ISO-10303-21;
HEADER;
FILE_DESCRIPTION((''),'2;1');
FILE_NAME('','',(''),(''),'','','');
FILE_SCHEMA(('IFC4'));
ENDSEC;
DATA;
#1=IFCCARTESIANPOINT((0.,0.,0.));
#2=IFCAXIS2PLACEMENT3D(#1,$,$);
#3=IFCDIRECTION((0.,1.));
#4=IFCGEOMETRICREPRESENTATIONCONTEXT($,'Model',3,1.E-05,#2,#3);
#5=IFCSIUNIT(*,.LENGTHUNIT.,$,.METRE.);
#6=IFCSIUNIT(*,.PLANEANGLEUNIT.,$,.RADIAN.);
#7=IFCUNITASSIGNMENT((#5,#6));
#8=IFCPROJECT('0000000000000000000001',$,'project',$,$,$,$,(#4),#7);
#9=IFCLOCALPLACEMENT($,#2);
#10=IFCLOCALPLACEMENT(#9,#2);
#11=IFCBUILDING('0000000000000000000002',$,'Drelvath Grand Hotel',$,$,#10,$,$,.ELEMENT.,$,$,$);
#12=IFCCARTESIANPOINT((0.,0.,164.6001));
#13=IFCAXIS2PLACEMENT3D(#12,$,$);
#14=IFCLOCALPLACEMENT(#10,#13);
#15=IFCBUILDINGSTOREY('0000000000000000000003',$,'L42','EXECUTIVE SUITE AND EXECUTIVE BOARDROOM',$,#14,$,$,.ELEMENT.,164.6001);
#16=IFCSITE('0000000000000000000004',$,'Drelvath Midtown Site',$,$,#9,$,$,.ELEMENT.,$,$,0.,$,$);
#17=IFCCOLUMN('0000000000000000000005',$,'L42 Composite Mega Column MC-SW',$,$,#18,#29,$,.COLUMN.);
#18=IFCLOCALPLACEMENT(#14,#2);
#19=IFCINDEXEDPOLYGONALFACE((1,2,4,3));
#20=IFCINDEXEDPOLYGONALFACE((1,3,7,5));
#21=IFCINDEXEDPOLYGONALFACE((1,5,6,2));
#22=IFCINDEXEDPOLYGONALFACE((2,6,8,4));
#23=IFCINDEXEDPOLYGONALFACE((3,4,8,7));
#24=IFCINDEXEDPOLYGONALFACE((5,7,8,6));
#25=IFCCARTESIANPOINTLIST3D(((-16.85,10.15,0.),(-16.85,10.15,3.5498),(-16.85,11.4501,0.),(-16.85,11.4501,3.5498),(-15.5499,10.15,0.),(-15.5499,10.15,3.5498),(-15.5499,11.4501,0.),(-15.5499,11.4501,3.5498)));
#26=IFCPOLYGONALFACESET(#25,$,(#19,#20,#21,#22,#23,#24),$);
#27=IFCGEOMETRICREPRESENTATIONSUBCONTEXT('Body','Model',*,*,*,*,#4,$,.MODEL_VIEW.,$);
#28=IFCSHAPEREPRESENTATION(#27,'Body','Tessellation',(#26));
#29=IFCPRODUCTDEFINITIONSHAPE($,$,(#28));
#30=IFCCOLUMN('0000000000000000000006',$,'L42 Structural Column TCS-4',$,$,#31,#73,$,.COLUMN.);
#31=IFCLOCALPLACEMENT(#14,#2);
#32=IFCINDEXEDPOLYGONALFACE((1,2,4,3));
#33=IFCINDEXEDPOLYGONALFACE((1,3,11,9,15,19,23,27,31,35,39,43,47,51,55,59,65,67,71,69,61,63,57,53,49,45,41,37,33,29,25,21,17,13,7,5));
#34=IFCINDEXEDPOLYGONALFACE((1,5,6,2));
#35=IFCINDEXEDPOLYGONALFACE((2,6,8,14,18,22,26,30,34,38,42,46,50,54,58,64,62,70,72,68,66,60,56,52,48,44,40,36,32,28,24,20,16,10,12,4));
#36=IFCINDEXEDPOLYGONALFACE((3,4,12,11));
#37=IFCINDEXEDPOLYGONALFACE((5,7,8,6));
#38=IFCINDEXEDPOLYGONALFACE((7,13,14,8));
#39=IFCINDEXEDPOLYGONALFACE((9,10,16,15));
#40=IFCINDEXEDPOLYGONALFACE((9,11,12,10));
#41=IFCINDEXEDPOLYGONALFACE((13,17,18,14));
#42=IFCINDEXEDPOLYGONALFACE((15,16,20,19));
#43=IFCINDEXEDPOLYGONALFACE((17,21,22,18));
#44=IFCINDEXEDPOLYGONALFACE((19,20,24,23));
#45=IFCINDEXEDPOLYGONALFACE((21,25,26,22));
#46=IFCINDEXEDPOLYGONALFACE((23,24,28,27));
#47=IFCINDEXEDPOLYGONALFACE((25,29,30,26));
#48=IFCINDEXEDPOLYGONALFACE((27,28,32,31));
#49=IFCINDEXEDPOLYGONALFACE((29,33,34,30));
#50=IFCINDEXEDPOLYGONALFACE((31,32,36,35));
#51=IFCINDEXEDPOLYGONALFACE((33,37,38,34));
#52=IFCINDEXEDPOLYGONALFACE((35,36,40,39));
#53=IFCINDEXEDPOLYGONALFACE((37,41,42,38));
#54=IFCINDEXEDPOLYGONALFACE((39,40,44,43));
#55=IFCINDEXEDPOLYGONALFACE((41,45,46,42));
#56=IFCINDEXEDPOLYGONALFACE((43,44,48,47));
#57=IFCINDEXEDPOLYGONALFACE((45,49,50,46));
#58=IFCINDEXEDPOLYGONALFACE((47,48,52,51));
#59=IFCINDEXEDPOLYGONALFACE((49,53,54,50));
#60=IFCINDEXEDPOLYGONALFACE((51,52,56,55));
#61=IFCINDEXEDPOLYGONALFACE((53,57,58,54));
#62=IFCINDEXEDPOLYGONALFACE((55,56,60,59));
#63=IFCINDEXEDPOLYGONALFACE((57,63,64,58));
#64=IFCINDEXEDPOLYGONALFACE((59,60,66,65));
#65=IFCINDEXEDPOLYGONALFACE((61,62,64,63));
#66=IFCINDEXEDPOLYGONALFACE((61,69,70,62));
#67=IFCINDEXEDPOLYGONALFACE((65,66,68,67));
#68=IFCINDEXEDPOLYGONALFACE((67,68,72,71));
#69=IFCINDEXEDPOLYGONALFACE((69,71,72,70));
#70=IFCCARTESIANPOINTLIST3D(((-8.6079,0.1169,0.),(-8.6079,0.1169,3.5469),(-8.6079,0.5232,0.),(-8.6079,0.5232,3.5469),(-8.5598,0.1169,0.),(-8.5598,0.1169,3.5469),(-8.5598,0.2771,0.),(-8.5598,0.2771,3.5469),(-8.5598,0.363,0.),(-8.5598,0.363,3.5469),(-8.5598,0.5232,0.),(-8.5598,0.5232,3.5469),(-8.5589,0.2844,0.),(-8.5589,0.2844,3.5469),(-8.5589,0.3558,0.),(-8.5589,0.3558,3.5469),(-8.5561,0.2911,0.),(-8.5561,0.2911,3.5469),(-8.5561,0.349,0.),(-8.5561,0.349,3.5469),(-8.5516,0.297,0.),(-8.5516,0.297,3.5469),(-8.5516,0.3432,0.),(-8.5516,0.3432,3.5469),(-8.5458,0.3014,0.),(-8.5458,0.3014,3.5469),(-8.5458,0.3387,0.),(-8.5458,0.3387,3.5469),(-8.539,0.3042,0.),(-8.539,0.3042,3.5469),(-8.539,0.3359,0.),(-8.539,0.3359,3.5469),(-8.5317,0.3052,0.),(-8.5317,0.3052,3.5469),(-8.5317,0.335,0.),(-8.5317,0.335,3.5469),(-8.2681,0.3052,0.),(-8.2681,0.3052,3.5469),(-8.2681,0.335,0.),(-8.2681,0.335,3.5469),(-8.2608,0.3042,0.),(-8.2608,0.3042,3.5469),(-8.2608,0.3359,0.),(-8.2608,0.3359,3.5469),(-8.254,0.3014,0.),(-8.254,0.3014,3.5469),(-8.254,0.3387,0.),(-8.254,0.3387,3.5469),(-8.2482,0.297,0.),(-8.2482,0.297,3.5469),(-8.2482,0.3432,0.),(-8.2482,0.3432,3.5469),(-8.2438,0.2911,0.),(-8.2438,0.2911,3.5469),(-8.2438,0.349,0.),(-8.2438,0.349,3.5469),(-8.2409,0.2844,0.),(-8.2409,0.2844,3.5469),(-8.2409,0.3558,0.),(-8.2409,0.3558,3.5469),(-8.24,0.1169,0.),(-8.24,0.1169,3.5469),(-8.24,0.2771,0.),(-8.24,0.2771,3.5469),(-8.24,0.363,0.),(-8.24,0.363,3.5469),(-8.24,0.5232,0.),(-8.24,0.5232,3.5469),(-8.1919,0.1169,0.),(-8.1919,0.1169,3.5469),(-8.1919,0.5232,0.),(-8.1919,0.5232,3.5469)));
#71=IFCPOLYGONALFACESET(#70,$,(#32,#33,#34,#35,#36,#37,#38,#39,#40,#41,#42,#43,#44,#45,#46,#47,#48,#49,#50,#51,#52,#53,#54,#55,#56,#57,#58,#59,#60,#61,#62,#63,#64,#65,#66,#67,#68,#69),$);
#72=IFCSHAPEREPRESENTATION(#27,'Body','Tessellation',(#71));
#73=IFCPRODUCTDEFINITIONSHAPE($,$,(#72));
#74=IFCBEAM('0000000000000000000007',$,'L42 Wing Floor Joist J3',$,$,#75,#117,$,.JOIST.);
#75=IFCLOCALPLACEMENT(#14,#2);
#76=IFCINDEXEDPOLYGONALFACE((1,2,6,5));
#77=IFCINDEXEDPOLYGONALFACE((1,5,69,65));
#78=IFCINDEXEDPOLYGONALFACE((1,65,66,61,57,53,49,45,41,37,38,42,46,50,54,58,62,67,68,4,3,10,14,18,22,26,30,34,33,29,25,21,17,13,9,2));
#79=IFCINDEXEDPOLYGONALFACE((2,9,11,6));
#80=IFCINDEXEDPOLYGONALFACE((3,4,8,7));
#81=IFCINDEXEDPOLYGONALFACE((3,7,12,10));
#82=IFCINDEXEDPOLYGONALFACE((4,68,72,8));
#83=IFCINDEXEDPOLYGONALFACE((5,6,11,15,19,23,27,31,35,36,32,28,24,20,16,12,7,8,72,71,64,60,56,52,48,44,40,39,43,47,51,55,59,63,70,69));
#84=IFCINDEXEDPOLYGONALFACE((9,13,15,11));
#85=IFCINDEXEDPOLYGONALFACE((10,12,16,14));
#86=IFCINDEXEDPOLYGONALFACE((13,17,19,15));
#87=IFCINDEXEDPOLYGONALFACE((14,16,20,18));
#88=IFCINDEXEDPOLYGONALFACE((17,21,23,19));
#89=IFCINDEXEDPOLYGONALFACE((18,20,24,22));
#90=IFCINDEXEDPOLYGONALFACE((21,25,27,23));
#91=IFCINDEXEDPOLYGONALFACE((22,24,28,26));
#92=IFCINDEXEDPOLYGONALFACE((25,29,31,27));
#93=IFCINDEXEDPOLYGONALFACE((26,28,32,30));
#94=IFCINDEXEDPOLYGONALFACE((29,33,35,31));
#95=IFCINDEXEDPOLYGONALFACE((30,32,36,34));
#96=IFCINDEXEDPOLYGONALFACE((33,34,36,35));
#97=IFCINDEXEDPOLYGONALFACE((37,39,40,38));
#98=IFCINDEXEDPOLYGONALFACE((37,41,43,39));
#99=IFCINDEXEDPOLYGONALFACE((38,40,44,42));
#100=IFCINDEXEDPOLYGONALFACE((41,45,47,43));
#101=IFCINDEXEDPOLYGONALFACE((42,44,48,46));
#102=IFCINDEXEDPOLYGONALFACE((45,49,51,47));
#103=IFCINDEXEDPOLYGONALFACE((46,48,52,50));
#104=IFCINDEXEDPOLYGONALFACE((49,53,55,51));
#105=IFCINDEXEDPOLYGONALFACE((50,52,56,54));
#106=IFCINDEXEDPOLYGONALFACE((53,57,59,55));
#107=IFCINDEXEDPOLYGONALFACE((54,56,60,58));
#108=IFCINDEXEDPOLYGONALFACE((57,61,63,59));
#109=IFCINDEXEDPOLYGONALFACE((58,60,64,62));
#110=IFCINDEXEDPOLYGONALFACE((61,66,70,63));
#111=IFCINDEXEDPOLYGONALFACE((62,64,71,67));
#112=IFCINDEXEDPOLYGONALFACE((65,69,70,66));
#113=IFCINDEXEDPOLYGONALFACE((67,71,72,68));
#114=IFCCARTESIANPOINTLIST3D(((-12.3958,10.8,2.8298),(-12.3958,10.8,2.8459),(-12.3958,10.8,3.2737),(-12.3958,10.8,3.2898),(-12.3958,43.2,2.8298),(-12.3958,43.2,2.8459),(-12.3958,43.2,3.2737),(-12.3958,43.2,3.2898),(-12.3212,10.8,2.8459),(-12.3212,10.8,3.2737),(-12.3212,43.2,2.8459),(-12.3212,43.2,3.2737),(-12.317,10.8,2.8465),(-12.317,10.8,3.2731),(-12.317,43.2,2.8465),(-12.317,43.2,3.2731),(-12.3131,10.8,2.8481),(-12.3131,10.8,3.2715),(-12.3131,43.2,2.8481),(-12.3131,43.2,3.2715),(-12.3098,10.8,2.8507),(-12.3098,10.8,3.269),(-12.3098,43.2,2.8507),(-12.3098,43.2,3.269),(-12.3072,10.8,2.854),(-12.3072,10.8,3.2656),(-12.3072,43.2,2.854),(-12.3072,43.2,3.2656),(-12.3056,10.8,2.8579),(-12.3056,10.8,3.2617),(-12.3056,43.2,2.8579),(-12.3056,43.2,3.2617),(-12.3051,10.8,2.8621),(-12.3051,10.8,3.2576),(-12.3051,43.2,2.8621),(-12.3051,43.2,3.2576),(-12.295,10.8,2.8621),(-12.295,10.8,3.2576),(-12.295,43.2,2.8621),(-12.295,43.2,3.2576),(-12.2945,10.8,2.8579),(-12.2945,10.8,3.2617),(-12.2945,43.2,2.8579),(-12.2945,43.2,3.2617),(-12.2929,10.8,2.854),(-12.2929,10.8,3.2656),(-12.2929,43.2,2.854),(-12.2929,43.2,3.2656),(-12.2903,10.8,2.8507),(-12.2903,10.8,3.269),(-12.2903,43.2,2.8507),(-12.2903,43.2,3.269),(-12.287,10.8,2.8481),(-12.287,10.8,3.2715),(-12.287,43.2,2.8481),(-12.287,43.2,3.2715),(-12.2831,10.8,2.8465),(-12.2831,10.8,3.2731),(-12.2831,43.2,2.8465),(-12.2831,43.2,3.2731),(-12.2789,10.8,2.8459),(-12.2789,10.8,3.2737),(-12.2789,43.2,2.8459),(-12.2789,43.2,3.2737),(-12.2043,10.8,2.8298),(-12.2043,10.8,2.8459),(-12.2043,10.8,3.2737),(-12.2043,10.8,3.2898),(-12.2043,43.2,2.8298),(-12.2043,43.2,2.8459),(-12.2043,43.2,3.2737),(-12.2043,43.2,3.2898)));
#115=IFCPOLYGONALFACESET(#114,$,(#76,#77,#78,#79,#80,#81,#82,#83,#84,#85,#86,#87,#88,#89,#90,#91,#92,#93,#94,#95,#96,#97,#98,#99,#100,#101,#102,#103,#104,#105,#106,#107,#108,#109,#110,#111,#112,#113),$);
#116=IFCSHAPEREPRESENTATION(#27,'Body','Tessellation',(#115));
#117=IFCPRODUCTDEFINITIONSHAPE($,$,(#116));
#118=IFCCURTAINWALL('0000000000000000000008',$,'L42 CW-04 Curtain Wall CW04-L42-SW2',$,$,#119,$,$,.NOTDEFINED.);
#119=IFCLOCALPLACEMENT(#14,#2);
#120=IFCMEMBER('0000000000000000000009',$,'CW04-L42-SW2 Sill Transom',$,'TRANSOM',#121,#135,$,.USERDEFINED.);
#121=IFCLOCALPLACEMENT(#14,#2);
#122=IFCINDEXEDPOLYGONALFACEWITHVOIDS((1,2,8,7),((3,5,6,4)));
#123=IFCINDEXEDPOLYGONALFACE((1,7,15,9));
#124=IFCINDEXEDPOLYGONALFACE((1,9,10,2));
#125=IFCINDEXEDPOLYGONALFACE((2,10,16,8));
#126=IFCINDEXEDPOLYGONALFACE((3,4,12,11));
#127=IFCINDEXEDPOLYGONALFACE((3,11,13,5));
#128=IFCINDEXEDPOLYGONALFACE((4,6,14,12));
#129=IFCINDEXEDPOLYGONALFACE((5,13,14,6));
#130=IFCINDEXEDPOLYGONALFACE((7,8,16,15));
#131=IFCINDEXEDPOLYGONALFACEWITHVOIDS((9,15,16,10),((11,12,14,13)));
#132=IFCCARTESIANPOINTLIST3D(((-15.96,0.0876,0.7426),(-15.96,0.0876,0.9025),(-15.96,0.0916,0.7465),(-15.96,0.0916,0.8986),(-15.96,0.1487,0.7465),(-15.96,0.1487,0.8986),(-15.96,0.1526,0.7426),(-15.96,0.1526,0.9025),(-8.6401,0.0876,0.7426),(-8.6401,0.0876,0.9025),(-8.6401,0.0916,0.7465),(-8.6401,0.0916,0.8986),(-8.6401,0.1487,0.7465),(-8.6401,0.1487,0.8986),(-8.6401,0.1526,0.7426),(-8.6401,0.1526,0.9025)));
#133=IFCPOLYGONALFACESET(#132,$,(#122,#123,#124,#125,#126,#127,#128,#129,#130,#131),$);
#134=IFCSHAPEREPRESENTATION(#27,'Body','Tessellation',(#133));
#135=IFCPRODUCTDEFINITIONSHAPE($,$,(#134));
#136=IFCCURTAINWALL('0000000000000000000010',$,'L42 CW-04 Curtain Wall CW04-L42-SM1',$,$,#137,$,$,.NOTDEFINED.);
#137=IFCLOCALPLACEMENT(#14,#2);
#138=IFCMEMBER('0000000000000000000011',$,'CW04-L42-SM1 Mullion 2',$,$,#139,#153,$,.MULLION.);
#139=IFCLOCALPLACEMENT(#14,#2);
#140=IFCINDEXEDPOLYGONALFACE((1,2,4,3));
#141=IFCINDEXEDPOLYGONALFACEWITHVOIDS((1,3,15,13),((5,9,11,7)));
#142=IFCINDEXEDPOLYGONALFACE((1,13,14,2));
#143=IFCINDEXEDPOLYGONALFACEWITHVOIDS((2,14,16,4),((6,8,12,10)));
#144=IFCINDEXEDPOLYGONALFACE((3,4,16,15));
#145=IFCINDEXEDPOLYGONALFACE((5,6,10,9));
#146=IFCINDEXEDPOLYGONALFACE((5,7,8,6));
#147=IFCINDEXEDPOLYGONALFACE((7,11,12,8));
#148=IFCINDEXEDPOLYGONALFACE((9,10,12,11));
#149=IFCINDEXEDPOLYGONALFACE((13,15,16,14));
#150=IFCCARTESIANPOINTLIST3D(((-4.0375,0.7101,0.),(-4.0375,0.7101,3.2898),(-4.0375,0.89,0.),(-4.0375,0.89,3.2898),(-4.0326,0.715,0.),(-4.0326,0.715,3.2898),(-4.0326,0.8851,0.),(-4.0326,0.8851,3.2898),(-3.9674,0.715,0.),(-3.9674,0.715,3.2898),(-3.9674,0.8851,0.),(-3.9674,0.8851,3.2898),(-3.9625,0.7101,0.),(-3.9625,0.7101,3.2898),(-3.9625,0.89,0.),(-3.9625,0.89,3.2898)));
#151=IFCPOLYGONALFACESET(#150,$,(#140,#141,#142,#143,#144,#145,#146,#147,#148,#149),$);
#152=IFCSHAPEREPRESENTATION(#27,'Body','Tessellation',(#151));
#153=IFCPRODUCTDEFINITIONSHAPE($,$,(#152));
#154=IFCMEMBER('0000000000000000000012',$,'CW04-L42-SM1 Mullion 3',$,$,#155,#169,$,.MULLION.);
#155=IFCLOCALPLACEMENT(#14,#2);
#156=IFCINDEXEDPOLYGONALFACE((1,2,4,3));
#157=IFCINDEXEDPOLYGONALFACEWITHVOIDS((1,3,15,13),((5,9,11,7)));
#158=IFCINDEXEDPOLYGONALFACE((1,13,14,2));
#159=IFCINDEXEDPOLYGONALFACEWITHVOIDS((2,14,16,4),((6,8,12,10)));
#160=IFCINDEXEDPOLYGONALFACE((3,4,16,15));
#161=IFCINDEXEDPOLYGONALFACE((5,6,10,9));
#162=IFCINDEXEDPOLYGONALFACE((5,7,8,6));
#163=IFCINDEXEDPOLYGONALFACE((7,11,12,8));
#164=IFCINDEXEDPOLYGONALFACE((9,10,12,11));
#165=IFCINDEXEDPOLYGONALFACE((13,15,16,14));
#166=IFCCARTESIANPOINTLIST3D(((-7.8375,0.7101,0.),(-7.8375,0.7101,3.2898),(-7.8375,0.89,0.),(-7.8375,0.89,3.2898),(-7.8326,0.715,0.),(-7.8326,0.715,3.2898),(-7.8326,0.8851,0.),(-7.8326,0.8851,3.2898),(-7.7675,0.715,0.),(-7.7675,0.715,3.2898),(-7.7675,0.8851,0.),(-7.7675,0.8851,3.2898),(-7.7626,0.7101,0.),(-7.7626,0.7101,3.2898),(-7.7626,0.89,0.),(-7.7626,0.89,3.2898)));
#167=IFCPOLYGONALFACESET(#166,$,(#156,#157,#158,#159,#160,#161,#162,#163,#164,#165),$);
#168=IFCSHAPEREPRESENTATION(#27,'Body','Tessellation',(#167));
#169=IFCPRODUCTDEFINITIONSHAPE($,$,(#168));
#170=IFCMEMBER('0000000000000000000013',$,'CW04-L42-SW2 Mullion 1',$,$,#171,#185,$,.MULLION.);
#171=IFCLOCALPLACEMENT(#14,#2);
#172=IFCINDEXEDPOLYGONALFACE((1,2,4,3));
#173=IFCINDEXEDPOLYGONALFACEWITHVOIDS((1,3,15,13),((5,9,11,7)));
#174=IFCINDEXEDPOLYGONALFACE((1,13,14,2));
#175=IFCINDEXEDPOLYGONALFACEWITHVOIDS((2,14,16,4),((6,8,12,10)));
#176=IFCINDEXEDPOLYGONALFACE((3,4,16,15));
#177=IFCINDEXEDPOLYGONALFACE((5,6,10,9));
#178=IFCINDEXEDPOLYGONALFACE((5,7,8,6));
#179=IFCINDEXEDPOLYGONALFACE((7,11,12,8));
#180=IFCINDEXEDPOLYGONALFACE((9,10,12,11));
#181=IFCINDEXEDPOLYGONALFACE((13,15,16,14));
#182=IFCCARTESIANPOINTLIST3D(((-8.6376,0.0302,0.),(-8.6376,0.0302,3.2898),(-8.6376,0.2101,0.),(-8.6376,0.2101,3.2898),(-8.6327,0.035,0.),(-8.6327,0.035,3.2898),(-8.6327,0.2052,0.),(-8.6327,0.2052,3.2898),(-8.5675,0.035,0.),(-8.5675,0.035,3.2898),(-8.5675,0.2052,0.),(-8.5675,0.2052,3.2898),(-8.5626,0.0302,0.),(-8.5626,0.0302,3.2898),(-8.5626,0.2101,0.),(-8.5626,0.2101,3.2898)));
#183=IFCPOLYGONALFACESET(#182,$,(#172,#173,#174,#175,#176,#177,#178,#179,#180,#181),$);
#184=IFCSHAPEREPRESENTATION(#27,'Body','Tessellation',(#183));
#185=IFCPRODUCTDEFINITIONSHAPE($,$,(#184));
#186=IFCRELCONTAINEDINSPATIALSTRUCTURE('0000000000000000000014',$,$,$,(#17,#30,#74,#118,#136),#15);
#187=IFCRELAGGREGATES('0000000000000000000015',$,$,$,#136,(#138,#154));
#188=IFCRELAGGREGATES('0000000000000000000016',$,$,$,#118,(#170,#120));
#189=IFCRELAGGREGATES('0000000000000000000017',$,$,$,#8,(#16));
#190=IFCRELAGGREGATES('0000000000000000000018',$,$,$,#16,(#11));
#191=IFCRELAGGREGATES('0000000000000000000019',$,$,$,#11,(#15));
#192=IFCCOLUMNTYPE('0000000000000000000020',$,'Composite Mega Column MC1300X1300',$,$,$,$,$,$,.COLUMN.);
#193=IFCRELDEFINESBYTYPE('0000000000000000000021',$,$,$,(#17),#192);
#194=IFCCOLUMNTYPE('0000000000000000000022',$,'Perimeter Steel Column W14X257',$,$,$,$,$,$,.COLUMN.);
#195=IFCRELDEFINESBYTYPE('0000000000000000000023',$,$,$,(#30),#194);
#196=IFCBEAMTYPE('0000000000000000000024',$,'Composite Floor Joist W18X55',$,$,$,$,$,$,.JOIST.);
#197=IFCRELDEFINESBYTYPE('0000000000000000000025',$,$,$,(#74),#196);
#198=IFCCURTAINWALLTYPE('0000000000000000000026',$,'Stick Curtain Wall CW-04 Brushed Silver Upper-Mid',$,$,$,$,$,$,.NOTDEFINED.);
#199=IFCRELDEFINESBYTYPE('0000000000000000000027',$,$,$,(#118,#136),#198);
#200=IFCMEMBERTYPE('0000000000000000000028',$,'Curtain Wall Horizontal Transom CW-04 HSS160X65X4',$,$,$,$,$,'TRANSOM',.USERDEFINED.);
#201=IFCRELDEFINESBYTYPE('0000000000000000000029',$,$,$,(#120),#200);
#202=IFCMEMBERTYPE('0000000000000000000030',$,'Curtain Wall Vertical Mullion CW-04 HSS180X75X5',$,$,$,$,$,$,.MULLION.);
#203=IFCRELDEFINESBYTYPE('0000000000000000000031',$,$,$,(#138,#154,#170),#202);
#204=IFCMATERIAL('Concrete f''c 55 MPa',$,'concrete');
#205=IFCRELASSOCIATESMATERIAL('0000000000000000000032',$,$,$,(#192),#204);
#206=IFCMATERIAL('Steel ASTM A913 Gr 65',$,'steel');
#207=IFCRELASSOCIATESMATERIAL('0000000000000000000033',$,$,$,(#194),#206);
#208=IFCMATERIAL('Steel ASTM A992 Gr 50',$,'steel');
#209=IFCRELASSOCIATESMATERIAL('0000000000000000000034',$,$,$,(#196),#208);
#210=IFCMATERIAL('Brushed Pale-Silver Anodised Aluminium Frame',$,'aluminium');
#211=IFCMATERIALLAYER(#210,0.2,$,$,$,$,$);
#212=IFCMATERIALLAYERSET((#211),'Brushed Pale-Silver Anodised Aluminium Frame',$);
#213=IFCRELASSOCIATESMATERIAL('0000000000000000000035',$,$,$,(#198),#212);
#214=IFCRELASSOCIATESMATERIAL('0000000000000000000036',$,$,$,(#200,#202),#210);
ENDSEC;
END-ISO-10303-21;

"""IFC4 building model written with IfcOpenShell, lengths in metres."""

from ifc_helpers import new_model, si_unit, direction, frame, origin, origin_2d, place, context, subcontext, project, spatial, rectangle, hollow_rectangle, i_section, extrude, material, layer, layer_set, material_profile, profile_set, type_object, element, aggregate, save


model = new_model("IFC4")

# Units and contexts
model_context = context("Model", 3, precision=1e-05, world=origin(), true_north=direction((0.0, 1.0)))
body_context = subcontext(model_context, "Body", "Model", "MODEL_VIEW")
ifc_project = project(units=[si_unit("LENGTHUNIT", "METRE"), si_unit("PLANEANGLEUNIT", "RADIAN")], contexts=[model_context])

# Site, building, storey
site_placement = place(None, origin())
site = spatial("IfcSite", under=ifc_project, at=site_placement, Name="Drelvath Midtown Site", CompositionType="ELEMENT", RefElevation=0.0)
building_placement = place(site_placement, origin())
building = spatial("IfcBuilding", under=site, at=building_placement, Name="Drelvath Grand Hotel", CompositionType="ELEMENT")
storey_placement = place(building_placement, frame((0.0, 0.0, 164.6001)))
storey = spatial("IfcBuildingStorey", under=building, at=storey_placement, Name="L42", Description="EXECUTIVE SUITE AND EXECUTIVE BOARDROOM", CompositionType="ELEMENT", Elevation=164.6001)

# Columns
ifc_material_1 = material(Name="Concrete f'c 55 MPa", Category="concrete")
ifc_material_profile_1 = material_profile(ifc_material_1, rectangle(XDim=1.3, YDim=1.3, at=origin_2d()), Name="MC1300X1300")
ifc_profile_set_1 = profile_set([ifc_material_profile_1], Name="Concrete f'c 55 MPa")
column_type_1 = type_object("IfcColumnType", Name="Composite Mega Column MC1300X1300", PredefinedType="COLUMN", material=ifc_profile_set_1)
column_1_placement = place(storey_placement, frame((-16.2, 10.8, 0.0), z_axis=(0.0, 0.0, 1.0), x_axis=(1.0, 0.0, 0.0)))
element("IfcColumn", 1, at=column_1_placement, inside=storey, type_object=column_type_1, Name="L42 Composite Mega Column MC-SW", PredefinedType="COLUMN", context=body_context, shape_type="SweptSolid", body=[
    extrude(rectangle(XDim=1.3, YDim=1.3, at=origin_2d()), origin(), (0.0, 0.0, 1.0), 3.5498),
])
ifc_material_2 = material(Name="Steel ASTM A913 Gr 65", Category="steel")
ifc_material_profile_2 = material_profile(ifc_material_2, i_section(OverallWidth=0.4062, OverallDepth=0.416, WebThickness=0.0298, FlangeThickness=0.0481, FilletRadius=0.0281, at=origin_2d()), Name="W14X257")
ifc_profile_set_2 = profile_set([ifc_material_profile_2], Name="Steel ASTM A913 Gr 65")
column_type_2 = type_object("IfcColumnType", Name="Perimeter Steel Column W14X257", PredefinedType="COLUMN", material=ifc_profile_set_2)
column_2_placement = place(storey_placement, frame((-8.3999, 0.3201, 0.0), z_axis=(0.0, 0.0, 1.0), x_axis=(0.0, 1.0, 0.0)))
element("IfcColumn", 2, at=column_2_placement, inside=storey, type_object=column_type_2, Name="L42 Structural Column TCS-4", PredefinedType="COLUMN", context=body_context, shape_type="SweptSolid", body=[
    extrude(i_section(OverallWidth=0.4062, OverallDepth=0.416, WebThickness=0.0298, FlangeThickness=0.0481, FilletRadius=0.0281, at=origin_2d()), origin(), (0.0, 0.0, 1.0), 3.5469),
])

# Beam
ifc_material_3 = material(Name="Steel ASTM A992 Gr 50", Category="steel")
ifc_material_profile_3 = material_profile(ifc_material_3, i_section(OverallWidth=0.1914, OverallDepth=0.46, WebThickness=0.01, FlangeThickness=0.0161, FilletRadius=0.0161, at=origin_2d()), Name="W18X55")
ifc_profile_set_3 = profile_set([ifc_material_profile_3], Name="Steel ASTM A992 Gr 50")
beam_type_1 = type_object("IfcBeamType", Name="Composite Floor Joist W18X55", PredefinedType="JOIST", material=ifc_profile_set_3)
beam_1_placement = place(storey_placement, frame((-12.3, 10.8, 3.0598), z_axis=(0.0, 1.0, 0.0), x_axis=(-1.0, 0.0, 0.0)))
element("IfcBeam", 3, at=beam_1_placement, inside=storey, type_object=beam_type_1, Name="L42 Wing Floor Joist J3", PredefinedType="JOIST", context=body_context, shape_type="SweptSolid", body=[
    extrude(i_section(OverallWidth=0.1914, OverallDepth=0.46, WebThickness=0.01, FlangeThickness=0.0161, FilletRadius=0.0161, at=origin_2d()), origin(), (0.0, 0.0, 1.0), 32.3999),
])

# Curtain wall, member
ifc_material_4 = material(Name="Brushed Pale-Silver Anodised Aluminium Frame", Category="aluminium")
ifc_layer_1 = layer(ifc_material_4, 0.2)
ifc_layer_set_1 = layer_set([ifc_layer_1], Name="Brushed Pale-Silver Anodised Aluminium Frame")
curtain_wall_type = type_object("IfcCurtainWallType", Name="Stick Curtain Wall CW-04 Brushed Silver Upper-Mid", PredefinedType="NOTDEFINED", material=ifc_layer_set_1)
curtain_wall_1_placement = place(storey_placement, origin())
curtain_wall_1 = element("IfcCurtainWall", 4, at=curtain_wall_1_placement, inside=storey, type_object=curtain_wall_type, Name="L42 CW-04 Curtain Wall CW04-L42-SW2", PredefinedType="NOTDEFINED")
ifc_material_profile_4 = material_profile(ifc_material_4, hollow_rectangle(XDim=0.0649, YDim=0.1599, WallThickness=0.0039, at=origin_2d()), Name="HSS160X65X4")
ifc_profile_set_4 = profile_set([ifc_material_profile_4], Name="Brushed Pale-Silver Anodised Aluminium Frame")
member_type_1 = type_object("IfcMemberType", Name="Curtain Wall Horizontal Transom CW-04 HSS160X65X4", ElementType="TRANSOM", PredefinedType="USERDEFINED", material=ifc_profile_set_4)
member_1_placement = place(storey_placement, frame((-8.6401, 0.1201, 0.8225), z_axis=(-1.0, 0.0, 0.0), x_axis=(0.0, -1.0, 0.0)))
member_1 = element("IfcMember", 5, at=member_1_placement, type_object=member_type_1, Name="CW04-L42-SW2 Sill Transom", ObjectType="TRANSOM", PredefinedType="USERDEFINED", context=body_context, shape_type="SweptSolid", body=[
    extrude(hollow_rectangle(XDim=0.0649, YDim=0.1599, WallThickness=0.0039, at=origin_2d()), origin(), (0.0, 0.0, 1.0), 7.3198),
])

# Curtain wall, members
curtain_wall_2_placement = place(storey_placement, origin())
curtain_wall_2 = element("IfcCurtainWall", 6, at=curtain_wall_2_placement, inside=storey, type_object=curtain_wall_type, Name="L42 CW-04 Curtain Wall CW04-L42-SM1", PredefinedType="NOTDEFINED")
ifc_material_profile_5 = material_profile(ifc_material_4, hollow_rectangle(XDim=0.075, YDim=0.1799, WallThickness=0.0049, at=origin_2d()), Name="HSS180X75X5")
ifc_profile_set_5 = profile_set([ifc_material_profile_5], Name="Brushed Pale-Silver Anodised Aluminium Frame")
member_type_2 = type_object("IfcMemberType", Name="Curtain Wall Vertical Mullion CW-04 HSS180X75X5", PredefinedType="MULLION", material=ifc_profile_set_5)
member_2_placement = place(storey_placement, frame((-4.0, 0.8, 0.0), z_axis=(0.0, 0.0, 1.0), x_axis=(1.0, 0.0, 0.0)))
member_2 = element("IfcMember", 7, at=member_2_placement, type_object=member_type_2, Name="CW04-L42-SM1 Mullion 2", PredefinedType="MULLION", context=body_context, shape_type="SweptSolid", body=[
    extrude(hollow_rectangle(XDim=0.075, YDim=0.1799, WallThickness=0.0049, at=origin_2d()), origin(), (0.0, 0.0, 1.0), 3.2898),
])
member_3_placement = place(storey_placement, frame((-7.8, 0.8, 0.0), z_axis=(0.0, 0.0, 1.0), x_axis=(1.0, 0.0, 0.0)))
member_3 = element("IfcMember", 8, at=member_3_placement, type_object=member_type_2, Name="CW04-L42-SM1 Mullion 3", PredefinedType="MULLION", context=body_context, shape_type="SweptSolid", body=[
    extrude(hollow_rectangle(XDim=0.075, YDim=0.1799, WallThickness=0.0049, at=origin_2d()), origin(), (0.0, 0.0, 1.0), 3.2898),
])

# Member
member_4_placement = place(storey_placement, frame((-8.6001, 0.1201, 0.0), z_axis=(0.0, 0.0, 1.0), x_axis=(1.0, 0.0, 0.0)))
member_4 = element("IfcMember", 9, at=member_4_placement, type_object=member_type_2, Name="CW04-L42-SW2 Mullion 1", PredefinedType="MULLION", context=body_context, shape_type="SweptSolid", body=[
    extrude(hollow_rectangle(XDim=0.075, YDim=0.1799, WallThickness=0.0049, at=origin_2d()), origin(), (0.0, 0.0, 1.0), 3.2898),
])

aggregate(curtain_wall_2, [member_2, member_3])
aggregate(curtain_wall_1, [member_4, member_1])

save(model, "model.ifc")
